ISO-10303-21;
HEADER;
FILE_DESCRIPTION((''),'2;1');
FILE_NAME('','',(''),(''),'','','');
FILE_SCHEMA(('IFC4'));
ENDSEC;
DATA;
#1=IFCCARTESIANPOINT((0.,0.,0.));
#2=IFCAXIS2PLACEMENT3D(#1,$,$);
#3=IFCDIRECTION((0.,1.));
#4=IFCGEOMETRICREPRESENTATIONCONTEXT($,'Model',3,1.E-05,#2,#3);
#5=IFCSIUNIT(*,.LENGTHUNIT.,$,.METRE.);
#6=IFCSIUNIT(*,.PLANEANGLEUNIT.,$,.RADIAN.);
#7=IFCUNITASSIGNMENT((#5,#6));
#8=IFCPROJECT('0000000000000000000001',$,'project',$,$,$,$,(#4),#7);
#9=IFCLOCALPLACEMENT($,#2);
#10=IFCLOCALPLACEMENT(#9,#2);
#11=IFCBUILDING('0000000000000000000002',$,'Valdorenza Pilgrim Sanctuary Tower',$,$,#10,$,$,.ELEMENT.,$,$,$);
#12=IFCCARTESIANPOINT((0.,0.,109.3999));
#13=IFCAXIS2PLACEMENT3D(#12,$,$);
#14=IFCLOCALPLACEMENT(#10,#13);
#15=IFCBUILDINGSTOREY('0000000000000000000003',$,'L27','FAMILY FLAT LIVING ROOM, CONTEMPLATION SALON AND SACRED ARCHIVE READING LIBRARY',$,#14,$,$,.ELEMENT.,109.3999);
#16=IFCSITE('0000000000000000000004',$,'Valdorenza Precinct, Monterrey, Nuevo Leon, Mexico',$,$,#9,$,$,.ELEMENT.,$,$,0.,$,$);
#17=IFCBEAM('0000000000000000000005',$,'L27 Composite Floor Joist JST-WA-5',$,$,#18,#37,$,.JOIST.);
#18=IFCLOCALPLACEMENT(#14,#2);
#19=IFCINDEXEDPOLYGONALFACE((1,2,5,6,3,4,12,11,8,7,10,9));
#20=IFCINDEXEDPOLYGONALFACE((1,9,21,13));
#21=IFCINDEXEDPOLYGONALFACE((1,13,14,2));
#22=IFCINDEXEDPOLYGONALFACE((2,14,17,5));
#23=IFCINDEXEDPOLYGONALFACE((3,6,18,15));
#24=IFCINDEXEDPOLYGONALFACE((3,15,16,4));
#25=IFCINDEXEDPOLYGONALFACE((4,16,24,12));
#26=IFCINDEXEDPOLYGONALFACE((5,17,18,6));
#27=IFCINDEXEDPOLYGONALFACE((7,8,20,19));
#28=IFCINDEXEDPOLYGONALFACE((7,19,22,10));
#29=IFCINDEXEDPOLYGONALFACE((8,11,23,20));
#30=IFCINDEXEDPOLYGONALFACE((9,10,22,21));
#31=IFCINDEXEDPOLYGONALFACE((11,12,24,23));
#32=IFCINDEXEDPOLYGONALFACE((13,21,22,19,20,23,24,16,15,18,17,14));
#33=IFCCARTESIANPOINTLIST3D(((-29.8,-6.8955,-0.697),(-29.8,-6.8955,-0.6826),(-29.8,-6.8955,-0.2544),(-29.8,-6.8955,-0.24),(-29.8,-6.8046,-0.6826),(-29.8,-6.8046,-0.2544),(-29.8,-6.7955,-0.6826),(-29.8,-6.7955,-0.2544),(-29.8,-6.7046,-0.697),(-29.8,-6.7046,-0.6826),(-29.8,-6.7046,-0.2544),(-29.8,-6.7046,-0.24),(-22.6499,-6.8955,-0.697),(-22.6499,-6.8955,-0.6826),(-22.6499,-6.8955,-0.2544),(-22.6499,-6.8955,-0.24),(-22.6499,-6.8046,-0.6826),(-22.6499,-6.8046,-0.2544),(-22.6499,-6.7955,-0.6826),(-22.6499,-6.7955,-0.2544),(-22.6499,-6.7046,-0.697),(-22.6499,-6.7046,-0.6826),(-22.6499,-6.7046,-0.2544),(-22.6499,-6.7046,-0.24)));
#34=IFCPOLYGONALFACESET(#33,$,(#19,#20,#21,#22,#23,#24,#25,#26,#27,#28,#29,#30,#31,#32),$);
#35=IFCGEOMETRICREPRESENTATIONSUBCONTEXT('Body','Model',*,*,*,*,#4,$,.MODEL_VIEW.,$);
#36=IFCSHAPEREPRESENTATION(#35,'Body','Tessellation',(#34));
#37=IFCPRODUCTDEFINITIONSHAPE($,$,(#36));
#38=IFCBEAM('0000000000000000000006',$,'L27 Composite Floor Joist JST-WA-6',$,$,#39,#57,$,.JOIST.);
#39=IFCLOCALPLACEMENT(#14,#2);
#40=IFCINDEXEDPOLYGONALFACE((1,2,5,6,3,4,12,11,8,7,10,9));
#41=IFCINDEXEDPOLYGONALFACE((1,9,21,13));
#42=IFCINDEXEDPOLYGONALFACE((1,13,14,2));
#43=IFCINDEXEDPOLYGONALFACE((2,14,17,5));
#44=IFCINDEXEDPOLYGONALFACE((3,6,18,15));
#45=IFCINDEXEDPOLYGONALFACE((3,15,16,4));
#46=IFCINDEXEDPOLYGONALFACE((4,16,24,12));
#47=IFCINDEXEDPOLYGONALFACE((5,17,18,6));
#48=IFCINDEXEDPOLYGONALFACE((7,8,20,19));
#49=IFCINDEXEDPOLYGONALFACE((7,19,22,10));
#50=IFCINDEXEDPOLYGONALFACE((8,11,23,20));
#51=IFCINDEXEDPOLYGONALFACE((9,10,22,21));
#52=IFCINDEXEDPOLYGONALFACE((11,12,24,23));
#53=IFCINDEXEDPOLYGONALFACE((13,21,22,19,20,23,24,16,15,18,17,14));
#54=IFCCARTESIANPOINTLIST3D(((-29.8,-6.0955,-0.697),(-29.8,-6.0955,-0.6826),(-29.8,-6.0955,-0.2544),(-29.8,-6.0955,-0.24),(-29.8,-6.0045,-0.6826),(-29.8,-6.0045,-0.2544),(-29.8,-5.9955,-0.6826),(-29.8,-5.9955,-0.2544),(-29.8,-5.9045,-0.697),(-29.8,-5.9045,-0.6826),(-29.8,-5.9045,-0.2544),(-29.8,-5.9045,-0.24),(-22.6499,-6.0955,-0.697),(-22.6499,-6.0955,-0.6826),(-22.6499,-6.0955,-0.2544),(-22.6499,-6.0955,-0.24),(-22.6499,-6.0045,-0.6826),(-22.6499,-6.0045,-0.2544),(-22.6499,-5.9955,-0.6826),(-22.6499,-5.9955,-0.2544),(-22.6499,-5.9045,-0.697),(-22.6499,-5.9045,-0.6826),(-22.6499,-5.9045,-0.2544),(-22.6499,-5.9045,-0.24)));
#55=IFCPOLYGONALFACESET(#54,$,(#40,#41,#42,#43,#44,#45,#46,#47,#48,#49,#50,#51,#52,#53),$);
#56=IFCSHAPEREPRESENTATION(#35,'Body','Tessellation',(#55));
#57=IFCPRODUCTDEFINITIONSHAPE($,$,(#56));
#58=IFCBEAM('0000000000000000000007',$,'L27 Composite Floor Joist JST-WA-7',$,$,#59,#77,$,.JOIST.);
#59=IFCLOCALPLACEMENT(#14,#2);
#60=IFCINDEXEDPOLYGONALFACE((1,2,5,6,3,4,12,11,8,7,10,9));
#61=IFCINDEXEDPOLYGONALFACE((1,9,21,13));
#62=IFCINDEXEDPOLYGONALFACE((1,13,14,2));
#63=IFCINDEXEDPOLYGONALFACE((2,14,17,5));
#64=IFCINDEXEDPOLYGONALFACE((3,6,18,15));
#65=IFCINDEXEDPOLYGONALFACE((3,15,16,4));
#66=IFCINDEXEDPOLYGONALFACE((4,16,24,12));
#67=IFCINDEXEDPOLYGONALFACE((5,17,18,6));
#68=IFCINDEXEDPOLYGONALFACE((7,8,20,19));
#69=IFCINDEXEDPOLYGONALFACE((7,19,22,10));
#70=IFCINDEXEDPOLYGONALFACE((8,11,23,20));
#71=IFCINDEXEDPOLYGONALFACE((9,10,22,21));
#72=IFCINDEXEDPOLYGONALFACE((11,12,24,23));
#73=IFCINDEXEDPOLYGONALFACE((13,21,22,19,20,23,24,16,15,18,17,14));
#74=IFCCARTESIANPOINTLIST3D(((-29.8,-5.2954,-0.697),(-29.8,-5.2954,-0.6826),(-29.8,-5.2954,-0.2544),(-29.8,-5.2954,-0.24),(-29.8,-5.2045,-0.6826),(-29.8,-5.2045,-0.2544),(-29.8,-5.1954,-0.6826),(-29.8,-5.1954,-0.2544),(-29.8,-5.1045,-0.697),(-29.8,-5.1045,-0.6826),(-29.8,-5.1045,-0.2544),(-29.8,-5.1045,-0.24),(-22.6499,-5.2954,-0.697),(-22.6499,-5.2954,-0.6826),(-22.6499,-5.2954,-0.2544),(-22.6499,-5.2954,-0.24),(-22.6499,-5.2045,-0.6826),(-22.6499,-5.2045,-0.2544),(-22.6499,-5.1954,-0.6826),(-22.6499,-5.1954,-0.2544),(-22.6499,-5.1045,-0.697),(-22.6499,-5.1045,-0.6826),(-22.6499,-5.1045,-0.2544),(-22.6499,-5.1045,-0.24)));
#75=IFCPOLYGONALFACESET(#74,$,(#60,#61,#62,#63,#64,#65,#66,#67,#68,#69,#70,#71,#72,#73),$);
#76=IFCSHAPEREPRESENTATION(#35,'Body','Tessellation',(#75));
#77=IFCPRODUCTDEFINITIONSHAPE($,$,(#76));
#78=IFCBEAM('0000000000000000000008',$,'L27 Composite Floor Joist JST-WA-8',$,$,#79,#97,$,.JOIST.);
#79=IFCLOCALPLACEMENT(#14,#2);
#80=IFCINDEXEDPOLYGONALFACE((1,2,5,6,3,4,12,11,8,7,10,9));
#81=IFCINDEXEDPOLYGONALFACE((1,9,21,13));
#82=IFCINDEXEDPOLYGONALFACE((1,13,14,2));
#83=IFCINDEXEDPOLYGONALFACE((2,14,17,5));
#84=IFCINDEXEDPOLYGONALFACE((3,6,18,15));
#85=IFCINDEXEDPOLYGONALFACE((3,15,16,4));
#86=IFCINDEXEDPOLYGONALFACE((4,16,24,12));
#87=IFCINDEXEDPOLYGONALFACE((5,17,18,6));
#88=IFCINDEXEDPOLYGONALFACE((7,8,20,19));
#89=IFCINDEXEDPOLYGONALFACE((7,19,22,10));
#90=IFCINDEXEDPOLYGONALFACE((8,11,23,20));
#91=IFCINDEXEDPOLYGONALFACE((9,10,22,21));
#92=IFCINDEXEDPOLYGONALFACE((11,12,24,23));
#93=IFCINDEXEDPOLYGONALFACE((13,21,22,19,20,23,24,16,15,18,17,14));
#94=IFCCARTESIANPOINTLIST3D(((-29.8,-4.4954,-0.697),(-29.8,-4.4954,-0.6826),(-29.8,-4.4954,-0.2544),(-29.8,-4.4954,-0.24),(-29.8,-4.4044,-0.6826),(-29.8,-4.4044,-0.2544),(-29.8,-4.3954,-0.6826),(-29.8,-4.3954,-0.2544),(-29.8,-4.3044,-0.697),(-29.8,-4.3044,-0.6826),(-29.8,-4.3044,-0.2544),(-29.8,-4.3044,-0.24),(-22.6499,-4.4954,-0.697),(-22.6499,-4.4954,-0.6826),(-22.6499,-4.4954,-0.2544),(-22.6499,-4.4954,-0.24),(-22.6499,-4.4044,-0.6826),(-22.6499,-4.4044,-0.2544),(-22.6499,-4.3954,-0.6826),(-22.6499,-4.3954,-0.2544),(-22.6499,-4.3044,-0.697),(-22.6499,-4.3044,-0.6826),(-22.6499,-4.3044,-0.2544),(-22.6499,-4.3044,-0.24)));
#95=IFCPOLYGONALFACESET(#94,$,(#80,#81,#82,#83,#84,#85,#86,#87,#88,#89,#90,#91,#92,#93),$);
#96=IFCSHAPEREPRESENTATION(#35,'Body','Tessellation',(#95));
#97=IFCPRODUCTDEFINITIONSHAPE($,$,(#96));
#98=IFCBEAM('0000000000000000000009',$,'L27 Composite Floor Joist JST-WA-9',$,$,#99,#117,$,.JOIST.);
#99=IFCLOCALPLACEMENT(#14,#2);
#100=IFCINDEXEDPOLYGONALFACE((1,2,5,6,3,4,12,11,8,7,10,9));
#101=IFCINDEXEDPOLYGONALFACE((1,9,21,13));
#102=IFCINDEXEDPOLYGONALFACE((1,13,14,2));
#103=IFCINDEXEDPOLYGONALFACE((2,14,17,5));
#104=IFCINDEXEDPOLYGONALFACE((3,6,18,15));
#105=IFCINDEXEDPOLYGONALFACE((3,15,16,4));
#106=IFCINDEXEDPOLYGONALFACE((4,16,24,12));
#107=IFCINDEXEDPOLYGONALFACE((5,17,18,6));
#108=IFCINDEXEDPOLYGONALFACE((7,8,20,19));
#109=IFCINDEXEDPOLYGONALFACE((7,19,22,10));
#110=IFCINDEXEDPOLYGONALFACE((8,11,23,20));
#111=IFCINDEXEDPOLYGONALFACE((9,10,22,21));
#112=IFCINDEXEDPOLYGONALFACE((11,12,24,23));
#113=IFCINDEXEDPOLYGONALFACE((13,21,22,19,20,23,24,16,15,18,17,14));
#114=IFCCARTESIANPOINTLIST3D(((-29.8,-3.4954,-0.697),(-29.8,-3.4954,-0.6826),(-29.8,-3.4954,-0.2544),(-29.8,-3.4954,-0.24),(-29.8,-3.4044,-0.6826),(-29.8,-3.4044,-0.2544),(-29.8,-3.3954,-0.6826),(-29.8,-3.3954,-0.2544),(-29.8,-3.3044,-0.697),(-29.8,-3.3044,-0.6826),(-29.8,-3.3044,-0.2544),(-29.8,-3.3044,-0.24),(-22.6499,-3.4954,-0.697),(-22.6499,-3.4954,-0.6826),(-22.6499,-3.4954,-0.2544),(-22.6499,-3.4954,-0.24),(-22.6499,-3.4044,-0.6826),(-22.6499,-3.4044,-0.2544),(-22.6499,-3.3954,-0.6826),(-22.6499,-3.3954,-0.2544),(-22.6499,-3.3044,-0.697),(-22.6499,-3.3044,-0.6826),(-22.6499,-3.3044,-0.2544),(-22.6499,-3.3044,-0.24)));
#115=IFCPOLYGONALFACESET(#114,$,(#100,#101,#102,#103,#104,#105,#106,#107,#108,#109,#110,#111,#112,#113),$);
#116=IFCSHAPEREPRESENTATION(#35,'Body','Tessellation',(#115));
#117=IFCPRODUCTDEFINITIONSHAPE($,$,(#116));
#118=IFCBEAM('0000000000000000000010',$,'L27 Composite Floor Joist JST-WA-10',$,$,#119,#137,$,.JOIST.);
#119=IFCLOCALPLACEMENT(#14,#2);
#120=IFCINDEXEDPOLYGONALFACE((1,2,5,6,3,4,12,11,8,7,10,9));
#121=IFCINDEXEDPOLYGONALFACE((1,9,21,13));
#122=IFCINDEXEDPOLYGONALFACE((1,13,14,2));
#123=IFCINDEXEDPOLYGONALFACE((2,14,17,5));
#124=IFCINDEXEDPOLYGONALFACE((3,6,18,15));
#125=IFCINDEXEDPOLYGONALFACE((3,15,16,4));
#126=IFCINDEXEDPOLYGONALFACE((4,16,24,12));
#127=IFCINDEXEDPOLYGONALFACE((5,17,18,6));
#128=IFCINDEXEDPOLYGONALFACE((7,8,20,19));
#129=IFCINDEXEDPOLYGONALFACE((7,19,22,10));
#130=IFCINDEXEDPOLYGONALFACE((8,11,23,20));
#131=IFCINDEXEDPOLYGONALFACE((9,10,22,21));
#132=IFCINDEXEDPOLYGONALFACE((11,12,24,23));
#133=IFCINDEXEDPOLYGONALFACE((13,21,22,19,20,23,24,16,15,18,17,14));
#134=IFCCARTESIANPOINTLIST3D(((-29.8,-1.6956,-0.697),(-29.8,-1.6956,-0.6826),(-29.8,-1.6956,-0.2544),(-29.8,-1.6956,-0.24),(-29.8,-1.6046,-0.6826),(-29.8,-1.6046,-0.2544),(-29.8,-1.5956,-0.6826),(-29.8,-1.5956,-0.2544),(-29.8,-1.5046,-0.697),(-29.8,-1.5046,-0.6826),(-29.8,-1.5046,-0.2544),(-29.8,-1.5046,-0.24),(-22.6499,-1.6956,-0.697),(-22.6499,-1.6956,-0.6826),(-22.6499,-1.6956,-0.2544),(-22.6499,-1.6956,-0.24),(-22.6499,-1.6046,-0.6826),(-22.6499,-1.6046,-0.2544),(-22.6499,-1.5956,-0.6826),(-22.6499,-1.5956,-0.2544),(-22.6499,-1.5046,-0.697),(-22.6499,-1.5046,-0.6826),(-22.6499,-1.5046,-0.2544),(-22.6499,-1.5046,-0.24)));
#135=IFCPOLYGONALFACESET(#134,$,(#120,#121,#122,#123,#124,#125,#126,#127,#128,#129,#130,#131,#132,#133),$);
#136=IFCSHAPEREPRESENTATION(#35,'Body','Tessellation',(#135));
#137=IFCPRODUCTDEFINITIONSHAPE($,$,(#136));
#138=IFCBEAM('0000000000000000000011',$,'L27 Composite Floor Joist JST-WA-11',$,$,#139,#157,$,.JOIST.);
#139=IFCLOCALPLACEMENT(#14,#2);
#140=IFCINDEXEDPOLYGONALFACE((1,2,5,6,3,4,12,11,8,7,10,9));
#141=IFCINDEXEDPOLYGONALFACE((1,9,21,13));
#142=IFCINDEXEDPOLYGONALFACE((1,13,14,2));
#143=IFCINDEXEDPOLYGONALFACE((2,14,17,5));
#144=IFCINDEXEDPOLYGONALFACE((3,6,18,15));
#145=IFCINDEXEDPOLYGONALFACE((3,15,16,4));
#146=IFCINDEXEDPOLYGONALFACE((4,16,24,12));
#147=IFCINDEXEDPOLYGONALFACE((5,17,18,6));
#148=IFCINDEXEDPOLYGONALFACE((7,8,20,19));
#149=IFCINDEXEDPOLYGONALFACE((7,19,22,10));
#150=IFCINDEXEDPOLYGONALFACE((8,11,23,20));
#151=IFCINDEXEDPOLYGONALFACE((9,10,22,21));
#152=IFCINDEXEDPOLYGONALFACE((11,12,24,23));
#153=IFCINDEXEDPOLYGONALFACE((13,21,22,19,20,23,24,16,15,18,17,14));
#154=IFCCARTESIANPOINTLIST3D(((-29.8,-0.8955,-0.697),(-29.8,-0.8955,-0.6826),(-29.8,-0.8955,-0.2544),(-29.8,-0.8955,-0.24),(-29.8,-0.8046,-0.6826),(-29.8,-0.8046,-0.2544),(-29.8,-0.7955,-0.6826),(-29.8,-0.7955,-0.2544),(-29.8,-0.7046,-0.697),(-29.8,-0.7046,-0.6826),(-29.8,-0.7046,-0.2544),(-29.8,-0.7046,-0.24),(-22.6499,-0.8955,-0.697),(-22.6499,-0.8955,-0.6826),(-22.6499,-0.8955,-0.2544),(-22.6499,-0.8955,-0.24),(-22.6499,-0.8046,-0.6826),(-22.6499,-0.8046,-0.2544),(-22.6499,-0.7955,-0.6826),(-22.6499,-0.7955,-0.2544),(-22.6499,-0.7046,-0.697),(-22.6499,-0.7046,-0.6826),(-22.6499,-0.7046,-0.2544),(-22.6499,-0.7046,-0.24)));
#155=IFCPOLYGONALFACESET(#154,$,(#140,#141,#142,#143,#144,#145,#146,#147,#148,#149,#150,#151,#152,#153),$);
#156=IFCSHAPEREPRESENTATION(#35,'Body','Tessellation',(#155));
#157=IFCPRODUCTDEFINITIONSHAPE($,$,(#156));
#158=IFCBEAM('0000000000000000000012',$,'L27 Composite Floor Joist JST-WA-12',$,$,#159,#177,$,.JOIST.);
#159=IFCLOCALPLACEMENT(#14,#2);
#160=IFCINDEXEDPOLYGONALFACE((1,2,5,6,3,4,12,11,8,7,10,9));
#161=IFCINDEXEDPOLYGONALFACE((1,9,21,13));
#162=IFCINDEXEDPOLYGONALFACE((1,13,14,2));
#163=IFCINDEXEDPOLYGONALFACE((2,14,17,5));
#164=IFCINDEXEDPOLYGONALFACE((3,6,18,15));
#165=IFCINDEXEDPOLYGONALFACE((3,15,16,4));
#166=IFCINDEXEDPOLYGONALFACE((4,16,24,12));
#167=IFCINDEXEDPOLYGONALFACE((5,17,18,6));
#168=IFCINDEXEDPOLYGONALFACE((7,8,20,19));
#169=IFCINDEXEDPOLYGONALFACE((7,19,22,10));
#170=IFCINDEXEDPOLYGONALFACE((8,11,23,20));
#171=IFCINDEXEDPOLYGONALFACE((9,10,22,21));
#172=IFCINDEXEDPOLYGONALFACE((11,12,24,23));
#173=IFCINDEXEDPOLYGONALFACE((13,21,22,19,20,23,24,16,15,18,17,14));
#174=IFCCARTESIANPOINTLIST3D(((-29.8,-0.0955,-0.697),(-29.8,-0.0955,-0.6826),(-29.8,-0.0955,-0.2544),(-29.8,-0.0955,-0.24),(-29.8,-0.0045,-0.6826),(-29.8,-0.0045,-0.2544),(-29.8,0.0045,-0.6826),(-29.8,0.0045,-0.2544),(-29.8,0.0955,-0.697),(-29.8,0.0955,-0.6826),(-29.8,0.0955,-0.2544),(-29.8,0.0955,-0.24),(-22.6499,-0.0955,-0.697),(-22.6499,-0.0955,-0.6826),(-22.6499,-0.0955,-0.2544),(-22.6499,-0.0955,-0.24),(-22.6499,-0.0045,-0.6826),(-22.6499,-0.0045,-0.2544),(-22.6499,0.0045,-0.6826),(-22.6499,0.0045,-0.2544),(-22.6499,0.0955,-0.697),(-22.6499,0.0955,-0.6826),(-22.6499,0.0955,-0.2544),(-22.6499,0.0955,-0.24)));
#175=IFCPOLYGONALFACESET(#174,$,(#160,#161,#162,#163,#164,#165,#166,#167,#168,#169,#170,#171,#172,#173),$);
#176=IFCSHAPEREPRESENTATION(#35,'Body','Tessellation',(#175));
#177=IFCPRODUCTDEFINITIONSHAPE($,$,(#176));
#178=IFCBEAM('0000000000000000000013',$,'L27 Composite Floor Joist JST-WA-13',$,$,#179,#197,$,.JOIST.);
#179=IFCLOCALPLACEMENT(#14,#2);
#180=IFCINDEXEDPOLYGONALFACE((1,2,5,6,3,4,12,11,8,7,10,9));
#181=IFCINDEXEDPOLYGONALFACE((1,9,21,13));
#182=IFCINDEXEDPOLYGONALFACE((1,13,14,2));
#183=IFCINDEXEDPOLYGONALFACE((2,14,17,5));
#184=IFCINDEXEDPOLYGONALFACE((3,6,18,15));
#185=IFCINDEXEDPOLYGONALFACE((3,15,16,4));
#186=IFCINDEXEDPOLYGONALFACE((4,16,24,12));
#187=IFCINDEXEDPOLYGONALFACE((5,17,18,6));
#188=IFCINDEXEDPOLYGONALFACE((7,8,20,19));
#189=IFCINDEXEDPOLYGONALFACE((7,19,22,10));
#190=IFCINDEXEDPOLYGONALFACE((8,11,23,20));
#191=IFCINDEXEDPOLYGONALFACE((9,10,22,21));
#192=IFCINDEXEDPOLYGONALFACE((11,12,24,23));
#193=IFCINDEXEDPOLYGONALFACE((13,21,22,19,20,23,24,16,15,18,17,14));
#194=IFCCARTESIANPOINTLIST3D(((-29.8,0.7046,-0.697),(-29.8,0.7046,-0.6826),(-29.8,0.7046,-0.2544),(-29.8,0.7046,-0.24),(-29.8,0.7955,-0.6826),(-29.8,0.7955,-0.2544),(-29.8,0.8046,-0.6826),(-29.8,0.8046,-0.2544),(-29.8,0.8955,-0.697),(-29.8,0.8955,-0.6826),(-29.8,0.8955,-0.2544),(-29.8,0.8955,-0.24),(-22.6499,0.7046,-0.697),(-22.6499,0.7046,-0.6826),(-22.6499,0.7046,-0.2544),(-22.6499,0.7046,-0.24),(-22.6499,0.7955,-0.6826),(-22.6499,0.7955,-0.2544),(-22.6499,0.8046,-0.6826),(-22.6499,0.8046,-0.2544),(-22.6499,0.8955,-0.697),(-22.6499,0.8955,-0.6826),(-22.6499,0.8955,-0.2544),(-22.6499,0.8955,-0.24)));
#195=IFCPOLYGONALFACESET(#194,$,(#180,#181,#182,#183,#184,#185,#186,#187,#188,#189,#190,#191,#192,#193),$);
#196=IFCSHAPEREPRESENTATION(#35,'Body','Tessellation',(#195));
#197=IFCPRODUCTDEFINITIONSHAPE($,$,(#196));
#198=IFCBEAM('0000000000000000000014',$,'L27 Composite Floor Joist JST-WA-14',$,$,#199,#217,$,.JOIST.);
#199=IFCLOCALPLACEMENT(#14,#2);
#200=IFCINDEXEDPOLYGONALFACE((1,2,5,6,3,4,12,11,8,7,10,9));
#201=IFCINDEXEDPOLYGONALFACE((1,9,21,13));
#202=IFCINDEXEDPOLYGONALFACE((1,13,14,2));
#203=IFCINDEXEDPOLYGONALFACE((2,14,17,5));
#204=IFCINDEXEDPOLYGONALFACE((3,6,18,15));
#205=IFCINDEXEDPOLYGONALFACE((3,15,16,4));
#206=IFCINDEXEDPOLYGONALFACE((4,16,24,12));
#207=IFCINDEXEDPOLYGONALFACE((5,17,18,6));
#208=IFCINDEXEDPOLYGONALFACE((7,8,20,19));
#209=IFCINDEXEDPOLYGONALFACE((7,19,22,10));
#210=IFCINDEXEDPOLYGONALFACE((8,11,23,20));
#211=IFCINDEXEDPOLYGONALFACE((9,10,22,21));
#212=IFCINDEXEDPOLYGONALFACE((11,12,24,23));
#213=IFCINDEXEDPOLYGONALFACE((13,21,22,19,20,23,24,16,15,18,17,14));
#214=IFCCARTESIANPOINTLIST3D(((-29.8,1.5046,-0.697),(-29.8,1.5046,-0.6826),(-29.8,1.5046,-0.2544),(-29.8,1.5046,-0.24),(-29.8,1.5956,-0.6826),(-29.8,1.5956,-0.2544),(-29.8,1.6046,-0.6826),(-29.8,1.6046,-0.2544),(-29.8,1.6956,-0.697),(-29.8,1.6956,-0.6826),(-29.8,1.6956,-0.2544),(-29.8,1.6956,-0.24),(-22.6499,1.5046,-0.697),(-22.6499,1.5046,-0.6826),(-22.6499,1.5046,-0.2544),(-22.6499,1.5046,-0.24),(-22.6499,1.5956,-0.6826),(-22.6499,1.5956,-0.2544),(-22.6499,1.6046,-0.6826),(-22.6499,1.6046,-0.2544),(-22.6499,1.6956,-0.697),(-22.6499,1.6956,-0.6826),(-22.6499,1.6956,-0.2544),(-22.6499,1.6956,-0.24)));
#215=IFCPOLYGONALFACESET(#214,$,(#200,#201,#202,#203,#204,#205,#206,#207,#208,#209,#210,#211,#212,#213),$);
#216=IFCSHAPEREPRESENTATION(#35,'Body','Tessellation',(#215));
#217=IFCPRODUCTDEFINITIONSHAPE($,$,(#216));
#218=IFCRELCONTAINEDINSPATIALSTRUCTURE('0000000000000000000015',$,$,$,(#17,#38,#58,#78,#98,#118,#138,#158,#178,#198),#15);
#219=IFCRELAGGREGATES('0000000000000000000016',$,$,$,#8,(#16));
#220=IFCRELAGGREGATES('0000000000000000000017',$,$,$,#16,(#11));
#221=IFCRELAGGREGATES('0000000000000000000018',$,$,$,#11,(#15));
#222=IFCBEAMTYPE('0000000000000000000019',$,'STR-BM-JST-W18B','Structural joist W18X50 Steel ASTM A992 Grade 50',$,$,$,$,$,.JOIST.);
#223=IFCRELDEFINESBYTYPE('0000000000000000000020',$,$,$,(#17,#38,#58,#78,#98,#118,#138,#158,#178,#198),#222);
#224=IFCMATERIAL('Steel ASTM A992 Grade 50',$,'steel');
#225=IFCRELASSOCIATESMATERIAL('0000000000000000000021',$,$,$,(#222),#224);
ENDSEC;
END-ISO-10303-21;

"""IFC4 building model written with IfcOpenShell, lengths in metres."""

from ifc_helpers import new_model, si_unit, direction, frame, origin, origin_2d, place, context, subcontext, project, spatial, i_section, extrude, source, transform, mapped, material, material_profile, profile_set, type_object, element, save


model = new_model("IFC4")

# Units and contexts
model_context = context("Model", 3, precision=1e-05, world=origin(), true_north=direction((0.0, 1.0)))
body_context = subcontext(model_context, "Body", "Model", "MODEL_VIEW")
ifc_project = project(units=[si_unit("LENGTHUNIT", "METRE"), si_unit("PLANEANGLEUNIT", "RADIAN")], contexts=[model_context])

# Site, building, storey
site_placement = place(None, origin())
site = spatial("IfcSite", under=ifc_project, at=site_placement, Name="Valdorenza Precinct, Monterrey, Nuevo Leon, Mexico", CompositionType="ELEMENT", RefElevation=0.0)
building_placement = place(site_placement, origin())
building = spatial("IfcBuilding", under=site, at=building_placement, Name="Valdorenza Pilgrim Sanctuary Tower", CompositionType="ELEMENT")
storey_placement = place(building_placement, frame((0.0, 0.0, 109.3999)))
storey = spatial("IfcBuildingStorey", under=building, at=storey_placement, Name="L27", Description="FAMILY FLAT LIVING ROOM, CONTEMPLATION SALON AND SACRED ARCHIVE READING LIBRARY", CompositionType="ELEMENT", Elevation=109.3999)

# Beams
ifc_material_1 = material(Name="Steel ASTM A992 Grade 50", Category="steel")
ifc_material_profile_1 = material_profile(ifc_material_1, i_section(OverallWidth=0.1909, OverallDepth=0.457, WebThickness=0.009, FlangeThickness=0.0144, at=origin_2d()), Name="W18X50")
ifc_profile_set_1 = profile_set([ifc_material_profile_1], Name="Steel ASTM A992 Grade 50")
beam_type_1 = type_object("IfcBeamType", Name="STR-BM-JST-W18B", Description="Structural joist W18X50 Steel ASTM A992 Grade 50", PredefinedType="JOIST", material=ifc_profile_set_1)
shared_shape_1 = source(origin(), body_context, "Body", "SweptSolid", [
    extrude(i_section(OverallWidth=0.1909, OverallDepth=0.457, WebThickness=0.009, FlangeThickness=0.0144, at=origin_2d()), origin(), (0.0, 0.0, 1.0), 7.1501),
])
for number, where, z_axis, x_axis, name in (
    (1, (-29.8, -6.8, -0.4685), (1.0, 0.0, 0.0), (0.0, 1.0, 0.0), "L27 Composite Floor Joist JST-WA-5"),
    (2, (-29.8, -6.0, -0.4685), (1.0, 0.0, 0.0), (0.0, 1.0, 0.0), "L27 Composite Floor Joist JST-WA-6"),
    (3, (-29.8, -5.2, -0.4685), (1.0, 0.0, 0.0), (0.0, 1.0, 0.0), "L27 Composite Floor Joist JST-WA-7"),
    (4, (-29.8, -4.3999, -0.4685), (1.0, 0.0, 0.0), (0.0, 1.0, 0.0), "L27 Composite Floor Joist JST-WA-8"),
    (5, (-29.8, -3.3999, -0.4685), (1.0, 0.0, 0.0), (0.0, 1.0, 0.0), "L27 Composite Floor Joist JST-WA-9"),
    (6, (-29.8, -1.6001, -0.4685), (1.0, 0.0, 0.0), (0.0, 1.0, 0.0), "L27 Composite Floor Joist JST-WA-10"),
    (7, (-29.8, -0.8, -0.4685), (1.0, 0.0, 0.0), (0.0, 1.0, 0.0), "L27 Composite Floor Joist JST-WA-11"),
    (8, (-29.8, 0.0, -0.4685), (1.0, 0.0, 0.0), (0.0, 1.0, 0.0), "L27 Composite Floor Joist JST-WA-12"),
    (9, (-29.8, 0.8, -0.4685), (1.0, 0.0, 0.0), (0.0, 1.0, 0.0), "L27 Composite Floor Joist JST-WA-13"),
    (10, (-29.8, 1.6001, -0.4685), (1.0, 0.0, 0.0), (0.0, 1.0, 0.0), "L27 Composite Floor Joist JST-WA-14"),
):
    element("IfcBeam", number, at=place(storey_placement, frame(where, z_axis=z_axis, x_axis=x_axis)), inside=storey, type_object=beam_type_1, Name=name, PredefinedType="JOIST", context=body_context, shape_type="MappedRepresentation", body=[
        mapped(shared_shape_1, transform((0.0, 0.0, 0.0), x_axis=(1.0, 0.0, 0.0), y_axis=(0.0, 1.0, 0.0), z_axis=(0.0, 0.0, 1.0), scale=1.0)),
    ])

save(model, "model.ifc")
